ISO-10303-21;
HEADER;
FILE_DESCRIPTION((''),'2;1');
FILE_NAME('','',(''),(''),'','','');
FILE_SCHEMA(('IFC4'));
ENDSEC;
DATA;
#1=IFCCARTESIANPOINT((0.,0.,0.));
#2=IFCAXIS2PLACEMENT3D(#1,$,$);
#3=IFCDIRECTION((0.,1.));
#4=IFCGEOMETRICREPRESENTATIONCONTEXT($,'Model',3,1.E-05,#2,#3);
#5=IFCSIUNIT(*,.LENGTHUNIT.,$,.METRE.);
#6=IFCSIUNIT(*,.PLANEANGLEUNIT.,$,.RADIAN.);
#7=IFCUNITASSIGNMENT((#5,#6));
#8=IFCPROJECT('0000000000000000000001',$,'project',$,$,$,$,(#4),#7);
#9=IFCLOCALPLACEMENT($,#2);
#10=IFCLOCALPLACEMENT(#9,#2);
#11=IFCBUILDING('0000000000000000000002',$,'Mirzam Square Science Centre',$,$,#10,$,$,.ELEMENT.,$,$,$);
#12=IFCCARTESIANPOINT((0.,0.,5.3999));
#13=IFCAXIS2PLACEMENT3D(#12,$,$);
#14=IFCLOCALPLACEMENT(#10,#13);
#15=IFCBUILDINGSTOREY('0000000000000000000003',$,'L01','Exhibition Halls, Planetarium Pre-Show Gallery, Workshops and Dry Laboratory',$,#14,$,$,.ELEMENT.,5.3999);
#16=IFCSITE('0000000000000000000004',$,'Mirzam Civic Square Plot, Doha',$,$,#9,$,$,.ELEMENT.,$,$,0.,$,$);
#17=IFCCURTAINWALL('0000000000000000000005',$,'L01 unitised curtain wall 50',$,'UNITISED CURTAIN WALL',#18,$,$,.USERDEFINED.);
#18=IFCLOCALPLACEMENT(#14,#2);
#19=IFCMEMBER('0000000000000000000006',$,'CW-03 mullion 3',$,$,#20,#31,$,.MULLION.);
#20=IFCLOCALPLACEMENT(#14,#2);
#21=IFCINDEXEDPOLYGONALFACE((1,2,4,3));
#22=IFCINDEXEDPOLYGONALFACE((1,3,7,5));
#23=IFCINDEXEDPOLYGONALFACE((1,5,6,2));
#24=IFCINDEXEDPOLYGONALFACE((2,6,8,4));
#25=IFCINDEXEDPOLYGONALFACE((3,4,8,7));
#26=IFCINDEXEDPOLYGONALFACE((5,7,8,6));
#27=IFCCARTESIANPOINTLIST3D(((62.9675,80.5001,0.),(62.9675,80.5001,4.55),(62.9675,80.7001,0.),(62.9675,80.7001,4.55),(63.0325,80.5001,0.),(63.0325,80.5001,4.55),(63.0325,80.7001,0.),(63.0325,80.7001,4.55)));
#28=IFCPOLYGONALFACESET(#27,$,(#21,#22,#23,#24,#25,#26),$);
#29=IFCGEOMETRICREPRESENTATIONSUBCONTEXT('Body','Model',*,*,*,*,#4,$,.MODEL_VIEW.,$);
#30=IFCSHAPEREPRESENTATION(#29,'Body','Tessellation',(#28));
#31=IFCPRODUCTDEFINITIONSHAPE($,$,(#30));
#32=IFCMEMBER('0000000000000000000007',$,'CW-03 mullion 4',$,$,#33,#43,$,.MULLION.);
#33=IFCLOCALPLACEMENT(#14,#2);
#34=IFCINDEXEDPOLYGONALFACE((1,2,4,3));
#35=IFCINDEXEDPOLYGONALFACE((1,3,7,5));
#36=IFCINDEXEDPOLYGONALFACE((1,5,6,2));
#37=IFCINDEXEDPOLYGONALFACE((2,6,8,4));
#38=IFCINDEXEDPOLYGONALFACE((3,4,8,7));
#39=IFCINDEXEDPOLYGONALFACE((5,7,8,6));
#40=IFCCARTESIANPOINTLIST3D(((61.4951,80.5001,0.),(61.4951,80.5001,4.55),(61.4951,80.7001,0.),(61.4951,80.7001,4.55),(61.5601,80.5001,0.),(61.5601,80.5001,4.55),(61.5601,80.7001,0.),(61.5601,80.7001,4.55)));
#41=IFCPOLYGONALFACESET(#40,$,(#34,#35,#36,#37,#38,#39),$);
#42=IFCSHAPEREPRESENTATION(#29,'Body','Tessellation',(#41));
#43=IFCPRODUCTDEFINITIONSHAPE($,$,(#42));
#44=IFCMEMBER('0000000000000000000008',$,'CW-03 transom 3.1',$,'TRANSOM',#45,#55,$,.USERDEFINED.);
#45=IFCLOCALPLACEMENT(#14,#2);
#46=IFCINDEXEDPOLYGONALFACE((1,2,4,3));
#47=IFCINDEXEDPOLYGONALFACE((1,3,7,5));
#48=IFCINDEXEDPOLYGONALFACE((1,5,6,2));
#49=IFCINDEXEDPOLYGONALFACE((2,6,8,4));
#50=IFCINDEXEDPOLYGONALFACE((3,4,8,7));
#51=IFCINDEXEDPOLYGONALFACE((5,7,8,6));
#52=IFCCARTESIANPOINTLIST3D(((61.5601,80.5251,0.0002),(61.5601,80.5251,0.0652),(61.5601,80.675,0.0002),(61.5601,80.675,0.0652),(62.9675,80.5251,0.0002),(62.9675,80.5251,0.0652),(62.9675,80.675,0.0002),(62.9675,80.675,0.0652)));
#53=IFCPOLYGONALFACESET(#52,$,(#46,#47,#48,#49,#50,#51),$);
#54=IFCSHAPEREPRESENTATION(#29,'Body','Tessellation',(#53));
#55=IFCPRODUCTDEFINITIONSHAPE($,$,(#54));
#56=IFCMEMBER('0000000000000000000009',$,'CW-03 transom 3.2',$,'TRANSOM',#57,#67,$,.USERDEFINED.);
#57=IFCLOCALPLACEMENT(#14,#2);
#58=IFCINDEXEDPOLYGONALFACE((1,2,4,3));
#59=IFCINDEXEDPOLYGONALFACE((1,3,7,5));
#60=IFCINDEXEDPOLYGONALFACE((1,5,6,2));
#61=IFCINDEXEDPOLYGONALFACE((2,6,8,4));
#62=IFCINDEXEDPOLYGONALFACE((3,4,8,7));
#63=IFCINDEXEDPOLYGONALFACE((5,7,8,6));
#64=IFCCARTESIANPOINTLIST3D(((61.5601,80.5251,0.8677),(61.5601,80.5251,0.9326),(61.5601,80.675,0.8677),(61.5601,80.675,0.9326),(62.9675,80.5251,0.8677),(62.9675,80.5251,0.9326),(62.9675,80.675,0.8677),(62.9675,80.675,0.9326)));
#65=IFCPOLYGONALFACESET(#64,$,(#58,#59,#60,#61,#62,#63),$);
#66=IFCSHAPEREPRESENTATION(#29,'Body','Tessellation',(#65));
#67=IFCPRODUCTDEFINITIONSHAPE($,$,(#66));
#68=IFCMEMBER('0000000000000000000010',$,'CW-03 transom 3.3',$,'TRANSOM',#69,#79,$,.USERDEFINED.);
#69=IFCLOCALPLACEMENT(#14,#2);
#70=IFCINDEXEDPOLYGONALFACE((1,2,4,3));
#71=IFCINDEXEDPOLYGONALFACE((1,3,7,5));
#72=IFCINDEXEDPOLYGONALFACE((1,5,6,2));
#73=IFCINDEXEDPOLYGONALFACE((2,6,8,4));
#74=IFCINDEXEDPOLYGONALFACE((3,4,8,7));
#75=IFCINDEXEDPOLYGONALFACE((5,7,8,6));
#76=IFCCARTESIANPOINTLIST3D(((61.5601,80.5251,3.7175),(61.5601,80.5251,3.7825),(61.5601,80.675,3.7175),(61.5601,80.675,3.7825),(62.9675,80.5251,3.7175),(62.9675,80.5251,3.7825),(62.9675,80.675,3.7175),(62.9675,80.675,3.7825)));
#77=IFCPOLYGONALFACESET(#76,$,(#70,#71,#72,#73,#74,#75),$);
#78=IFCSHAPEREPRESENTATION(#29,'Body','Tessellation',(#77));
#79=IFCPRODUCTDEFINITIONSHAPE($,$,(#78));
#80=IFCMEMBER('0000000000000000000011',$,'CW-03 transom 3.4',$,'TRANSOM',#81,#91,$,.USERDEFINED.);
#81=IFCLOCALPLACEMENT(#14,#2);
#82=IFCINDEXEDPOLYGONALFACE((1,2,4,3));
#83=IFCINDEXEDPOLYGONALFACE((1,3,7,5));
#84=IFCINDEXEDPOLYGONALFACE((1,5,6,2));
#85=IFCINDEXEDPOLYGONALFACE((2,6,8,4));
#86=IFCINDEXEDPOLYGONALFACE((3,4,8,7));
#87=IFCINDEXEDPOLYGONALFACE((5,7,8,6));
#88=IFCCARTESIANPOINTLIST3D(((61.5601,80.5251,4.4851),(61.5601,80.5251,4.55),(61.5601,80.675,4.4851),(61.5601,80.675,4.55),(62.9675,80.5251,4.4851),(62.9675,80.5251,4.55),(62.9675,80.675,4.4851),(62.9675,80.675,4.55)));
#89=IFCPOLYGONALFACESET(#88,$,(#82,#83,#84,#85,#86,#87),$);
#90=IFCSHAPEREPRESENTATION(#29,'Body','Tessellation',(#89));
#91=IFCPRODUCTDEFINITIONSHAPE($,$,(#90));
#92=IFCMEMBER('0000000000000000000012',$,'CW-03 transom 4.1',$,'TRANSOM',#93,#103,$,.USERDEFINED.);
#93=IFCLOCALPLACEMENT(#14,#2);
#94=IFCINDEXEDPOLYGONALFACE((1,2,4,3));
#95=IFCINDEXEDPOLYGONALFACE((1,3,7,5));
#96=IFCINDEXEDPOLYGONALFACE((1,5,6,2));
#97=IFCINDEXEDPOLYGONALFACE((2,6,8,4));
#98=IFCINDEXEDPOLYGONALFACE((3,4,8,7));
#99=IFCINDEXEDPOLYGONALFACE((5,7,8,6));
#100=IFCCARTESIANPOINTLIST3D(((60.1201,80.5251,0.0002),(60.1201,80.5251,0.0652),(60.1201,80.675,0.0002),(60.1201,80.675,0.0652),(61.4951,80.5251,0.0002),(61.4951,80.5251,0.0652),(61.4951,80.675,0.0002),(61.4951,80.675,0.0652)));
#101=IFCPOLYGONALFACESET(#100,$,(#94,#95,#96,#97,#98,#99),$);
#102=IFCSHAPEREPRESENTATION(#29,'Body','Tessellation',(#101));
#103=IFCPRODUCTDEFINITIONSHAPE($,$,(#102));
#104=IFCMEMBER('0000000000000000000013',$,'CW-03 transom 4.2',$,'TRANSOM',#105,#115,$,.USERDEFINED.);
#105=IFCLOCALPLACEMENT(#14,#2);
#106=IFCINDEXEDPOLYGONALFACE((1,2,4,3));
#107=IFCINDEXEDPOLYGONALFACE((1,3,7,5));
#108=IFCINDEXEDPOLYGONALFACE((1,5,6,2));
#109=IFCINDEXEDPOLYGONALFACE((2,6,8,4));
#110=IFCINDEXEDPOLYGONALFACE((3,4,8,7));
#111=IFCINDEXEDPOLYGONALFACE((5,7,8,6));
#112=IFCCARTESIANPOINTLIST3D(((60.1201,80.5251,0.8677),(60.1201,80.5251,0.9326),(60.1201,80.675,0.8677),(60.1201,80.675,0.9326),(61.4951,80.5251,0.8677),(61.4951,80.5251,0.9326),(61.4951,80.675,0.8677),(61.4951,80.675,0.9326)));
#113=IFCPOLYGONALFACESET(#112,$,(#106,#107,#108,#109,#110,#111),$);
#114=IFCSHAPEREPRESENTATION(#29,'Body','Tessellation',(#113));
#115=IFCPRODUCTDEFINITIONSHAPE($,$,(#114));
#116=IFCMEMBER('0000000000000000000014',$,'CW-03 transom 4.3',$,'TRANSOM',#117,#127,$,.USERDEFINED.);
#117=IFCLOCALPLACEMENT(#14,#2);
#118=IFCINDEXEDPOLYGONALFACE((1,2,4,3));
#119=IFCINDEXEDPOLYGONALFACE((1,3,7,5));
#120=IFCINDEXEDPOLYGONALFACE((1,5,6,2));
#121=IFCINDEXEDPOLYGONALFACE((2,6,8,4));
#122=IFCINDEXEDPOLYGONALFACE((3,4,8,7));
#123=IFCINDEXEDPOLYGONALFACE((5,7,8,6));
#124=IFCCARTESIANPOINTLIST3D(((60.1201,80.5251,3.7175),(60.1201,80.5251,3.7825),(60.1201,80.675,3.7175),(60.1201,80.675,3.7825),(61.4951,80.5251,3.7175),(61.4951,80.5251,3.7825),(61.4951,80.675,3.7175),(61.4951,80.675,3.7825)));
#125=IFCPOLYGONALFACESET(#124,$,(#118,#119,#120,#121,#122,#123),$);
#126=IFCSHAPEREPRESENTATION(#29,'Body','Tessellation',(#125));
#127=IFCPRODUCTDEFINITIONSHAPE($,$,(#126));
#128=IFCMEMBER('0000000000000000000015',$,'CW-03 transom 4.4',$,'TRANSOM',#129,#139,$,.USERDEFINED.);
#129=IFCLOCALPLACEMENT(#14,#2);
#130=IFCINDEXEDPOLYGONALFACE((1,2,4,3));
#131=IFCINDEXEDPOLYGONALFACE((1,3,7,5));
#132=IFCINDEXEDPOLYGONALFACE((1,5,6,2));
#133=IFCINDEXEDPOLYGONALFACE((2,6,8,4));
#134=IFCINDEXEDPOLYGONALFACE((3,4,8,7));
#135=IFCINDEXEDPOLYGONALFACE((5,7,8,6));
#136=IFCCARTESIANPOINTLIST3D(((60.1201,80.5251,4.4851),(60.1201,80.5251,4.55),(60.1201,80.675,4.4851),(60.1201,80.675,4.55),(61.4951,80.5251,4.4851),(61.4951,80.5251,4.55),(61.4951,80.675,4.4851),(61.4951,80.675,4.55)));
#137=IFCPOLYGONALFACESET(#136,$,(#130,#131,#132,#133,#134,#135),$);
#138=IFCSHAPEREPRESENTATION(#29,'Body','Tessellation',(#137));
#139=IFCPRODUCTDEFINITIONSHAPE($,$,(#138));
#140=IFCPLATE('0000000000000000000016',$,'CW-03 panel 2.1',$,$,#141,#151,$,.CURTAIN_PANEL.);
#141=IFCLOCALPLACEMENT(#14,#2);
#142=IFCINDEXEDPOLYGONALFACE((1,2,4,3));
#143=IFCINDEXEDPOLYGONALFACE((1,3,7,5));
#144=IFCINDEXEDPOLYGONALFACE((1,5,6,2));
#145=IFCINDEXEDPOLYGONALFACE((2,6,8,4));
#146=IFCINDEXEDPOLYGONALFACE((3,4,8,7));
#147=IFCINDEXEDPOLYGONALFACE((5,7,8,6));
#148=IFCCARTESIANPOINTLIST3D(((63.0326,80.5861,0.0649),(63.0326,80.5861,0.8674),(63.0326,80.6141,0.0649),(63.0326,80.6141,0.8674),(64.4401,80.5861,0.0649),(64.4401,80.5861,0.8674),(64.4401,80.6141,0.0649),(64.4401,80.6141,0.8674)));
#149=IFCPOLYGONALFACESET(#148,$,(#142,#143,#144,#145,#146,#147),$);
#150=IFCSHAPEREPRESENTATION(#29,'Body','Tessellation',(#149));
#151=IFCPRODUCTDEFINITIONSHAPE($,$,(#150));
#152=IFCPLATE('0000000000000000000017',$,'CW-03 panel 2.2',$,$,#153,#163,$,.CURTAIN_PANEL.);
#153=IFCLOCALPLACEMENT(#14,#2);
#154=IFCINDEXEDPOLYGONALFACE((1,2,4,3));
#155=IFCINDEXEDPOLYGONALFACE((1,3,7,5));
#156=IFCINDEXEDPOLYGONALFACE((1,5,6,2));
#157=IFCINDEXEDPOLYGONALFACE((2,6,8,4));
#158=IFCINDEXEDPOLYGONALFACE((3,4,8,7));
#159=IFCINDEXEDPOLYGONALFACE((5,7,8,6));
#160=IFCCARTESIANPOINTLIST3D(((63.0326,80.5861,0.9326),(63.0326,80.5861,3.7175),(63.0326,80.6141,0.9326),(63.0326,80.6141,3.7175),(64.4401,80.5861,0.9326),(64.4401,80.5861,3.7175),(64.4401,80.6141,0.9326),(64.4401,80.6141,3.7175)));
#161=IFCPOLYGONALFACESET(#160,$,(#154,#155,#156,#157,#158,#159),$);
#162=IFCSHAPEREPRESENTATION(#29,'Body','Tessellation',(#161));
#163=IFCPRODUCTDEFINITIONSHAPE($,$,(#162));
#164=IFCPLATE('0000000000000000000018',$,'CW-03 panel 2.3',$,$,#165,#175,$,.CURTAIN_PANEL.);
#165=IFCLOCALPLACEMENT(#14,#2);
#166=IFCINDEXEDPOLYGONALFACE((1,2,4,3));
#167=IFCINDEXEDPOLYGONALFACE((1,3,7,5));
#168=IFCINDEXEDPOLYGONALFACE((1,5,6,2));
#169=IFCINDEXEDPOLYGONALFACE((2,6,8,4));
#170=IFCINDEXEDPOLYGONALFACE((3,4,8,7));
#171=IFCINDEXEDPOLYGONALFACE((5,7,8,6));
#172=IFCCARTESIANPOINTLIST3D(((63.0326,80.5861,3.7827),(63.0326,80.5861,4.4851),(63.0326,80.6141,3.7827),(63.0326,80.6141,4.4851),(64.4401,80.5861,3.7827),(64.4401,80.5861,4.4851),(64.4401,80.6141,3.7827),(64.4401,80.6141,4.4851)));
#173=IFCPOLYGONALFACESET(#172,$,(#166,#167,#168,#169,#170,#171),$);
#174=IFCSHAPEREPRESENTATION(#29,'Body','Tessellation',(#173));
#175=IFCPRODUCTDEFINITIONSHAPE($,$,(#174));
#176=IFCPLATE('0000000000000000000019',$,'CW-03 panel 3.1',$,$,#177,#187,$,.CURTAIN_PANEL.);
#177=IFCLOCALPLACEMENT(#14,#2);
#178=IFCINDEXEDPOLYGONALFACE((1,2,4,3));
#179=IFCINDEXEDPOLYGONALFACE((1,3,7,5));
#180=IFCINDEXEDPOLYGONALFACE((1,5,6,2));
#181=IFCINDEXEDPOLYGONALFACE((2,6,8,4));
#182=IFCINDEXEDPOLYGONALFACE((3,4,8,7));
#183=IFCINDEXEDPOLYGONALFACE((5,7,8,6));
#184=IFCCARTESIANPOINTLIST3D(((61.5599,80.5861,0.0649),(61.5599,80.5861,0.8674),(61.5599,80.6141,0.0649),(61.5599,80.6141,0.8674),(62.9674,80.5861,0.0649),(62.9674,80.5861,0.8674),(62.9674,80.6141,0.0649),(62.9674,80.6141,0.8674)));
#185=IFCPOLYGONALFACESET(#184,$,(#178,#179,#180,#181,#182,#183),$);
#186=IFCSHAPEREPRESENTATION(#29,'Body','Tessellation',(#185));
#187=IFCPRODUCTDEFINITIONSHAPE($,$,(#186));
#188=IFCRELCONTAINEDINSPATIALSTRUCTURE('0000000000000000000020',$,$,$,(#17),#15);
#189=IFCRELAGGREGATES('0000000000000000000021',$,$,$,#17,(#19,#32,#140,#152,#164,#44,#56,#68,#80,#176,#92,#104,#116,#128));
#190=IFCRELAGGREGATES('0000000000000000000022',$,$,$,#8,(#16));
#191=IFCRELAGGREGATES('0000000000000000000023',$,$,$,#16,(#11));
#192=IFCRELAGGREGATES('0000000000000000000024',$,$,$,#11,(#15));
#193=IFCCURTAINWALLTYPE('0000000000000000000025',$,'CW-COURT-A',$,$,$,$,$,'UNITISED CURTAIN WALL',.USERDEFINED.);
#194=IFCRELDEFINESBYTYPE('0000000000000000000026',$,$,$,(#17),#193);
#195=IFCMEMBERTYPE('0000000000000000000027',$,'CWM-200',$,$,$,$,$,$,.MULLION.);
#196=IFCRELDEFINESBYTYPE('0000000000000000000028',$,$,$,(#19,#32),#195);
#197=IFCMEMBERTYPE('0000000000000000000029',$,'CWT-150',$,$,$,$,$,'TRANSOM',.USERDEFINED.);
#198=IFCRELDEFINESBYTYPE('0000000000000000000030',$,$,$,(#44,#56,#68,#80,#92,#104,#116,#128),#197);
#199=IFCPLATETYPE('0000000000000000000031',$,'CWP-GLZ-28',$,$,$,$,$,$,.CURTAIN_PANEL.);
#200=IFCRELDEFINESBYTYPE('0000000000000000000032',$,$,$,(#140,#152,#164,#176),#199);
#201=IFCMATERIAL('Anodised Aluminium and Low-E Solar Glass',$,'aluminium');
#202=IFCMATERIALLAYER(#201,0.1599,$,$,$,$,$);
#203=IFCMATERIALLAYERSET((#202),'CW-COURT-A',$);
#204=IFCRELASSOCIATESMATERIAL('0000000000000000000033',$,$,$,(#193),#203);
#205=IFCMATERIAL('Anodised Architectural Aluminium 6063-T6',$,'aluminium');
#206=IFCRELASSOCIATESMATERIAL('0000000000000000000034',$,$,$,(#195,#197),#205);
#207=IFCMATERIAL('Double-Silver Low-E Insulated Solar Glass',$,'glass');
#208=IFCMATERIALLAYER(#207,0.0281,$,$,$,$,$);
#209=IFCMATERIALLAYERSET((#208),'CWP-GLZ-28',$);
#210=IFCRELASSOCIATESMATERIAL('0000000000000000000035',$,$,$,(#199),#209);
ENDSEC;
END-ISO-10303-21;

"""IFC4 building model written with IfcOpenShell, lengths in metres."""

from ifc_helpers import new_model, si_unit, direction, frame, origin, origin_2d, place, context, subcontext, project, spatial, rectangle, extrude, material, layer, layer_set, material_profile, profile_set, type_object, element, aggregate, save


model = new_model("IFC4")

# Units and contexts
model_context = context("Model", 3, precision=1e-05, world=origin(), true_north=direction((0.0, 1.0)))
body_context = subcontext(model_context, "Body", "Model", "MODEL_VIEW")
ifc_project = project(units=[si_unit("LENGTHUNIT", "METRE"), si_unit("PLANEANGLEUNIT", "RADIAN")], contexts=[model_context])

# Site, building, storey
site_placement = place(None, origin())
site = spatial("IfcSite", under=ifc_project, at=site_placement, Name="Mirzam Civic Square Plot, Doha", CompositionType="ELEMENT", RefElevation=0.0)
building_placement = place(site_placement, origin())
building = spatial("IfcBuilding", under=site, at=building_placement, Name="Mirzam Square Science Centre", CompositionType="ELEMENT")
storey_placement = place(building_placement, frame((0.0, 0.0, 5.3999)))
storey = spatial("IfcBuildingStorey", under=building, at=storey_placement, Name="L01", Description="Exhibition Halls, Planetarium Pre-Show Gallery, Workshops and Dry Laboratory", CompositionType="ELEMENT", Elevation=5.3999)

# Curtain wall, members, plates
ifc_material_1 = material(Name="Anodised Aluminium and Low-E Solar Glass", Category="aluminium")
ifc_layer_1 = layer(ifc_material_1, 0.1599)
ifc_layer_set_1 = layer_set([ifc_layer_1], Name="CW-COURT-A")
curtain_wall_type = type_object("IfcCurtainWallType", Name="CW-COURT-A", ElementType="UNITISED CURTAIN WALL", PredefinedType="USERDEFINED", material=ifc_layer_set_1)
curtain_wall_placement = place(storey_placement, origin())
curtain_wall = element("IfcCurtainWall", 1, at=curtain_wall_placement, inside=storey, type_object=curtain_wall_type, Name="L01 unitised curtain wall 50", ObjectType="UNITISED CURTAIN WALL", PredefinedType="USERDEFINED")
ifc_material_2 = material(Name="Anodised Architectural Aluminium 6063-T6", Category="aluminium")
ifc_material_profile_1 = material_profile(ifc_material_2, rectangle(XDim=0.0649, YDim=0.2, at=origin_2d()), Name="ALU-MULL-200x65x5")
ifc_profile_set_1 = profile_set([ifc_material_profile_1], Name="Anodised Architectural Aluminium 6063-T6")
member_type_1 = type_object("IfcMemberType", Name="CWM-200", PredefinedType="MULLION", material=ifc_profile_set_1)
member_1_placement = place(storey_placement, frame((63.0, 80.6001, 0.0), z_axis=(0.0, 0.0, 1.0), x_axis=(-1.0, 0.0, 0.0)))
member_1 = element("IfcMember", 2, at=member_1_placement, type_object=member_type_1, Name="CW-03 mullion 3", PredefinedType="MULLION", context=body_context, shape_type="SweptSolid", body=[
    extrude(rectangle(XDim=0.0649, YDim=0.2, at=origin_2d()), origin(), (0.0, 0.0, 1.0), 4.55),
])
member_2_placement = place(storey_placement, frame((61.5276, 80.6001, 0.0), z_axis=(0.0, 0.0, 1.0), x_axis=(-1.0, 0.0, 0.0)))
member_2 = element("IfcMember", 3, at=member_2_placement, type_object=member_type_1, Name="CW-03 mullion 4", PredefinedType="MULLION", context=body_context, shape_type="SweptSolid", body=[
    extrude(rectangle(XDim=0.0649, YDim=0.2, at=origin_2d()), origin(), (0.0, 0.0, 1.0), 4.55),
])
ifc_material_profile_2 = material_profile(ifc_material_2, rectangle(XDim=0.1499, YDim=0.0649, at=origin_2d()), Name="ALU-TRAN-150x65x4")
ifc_profile_set_2 = profile_set([ifc_material_profile_2], Name="Anodised Architectural Aluminium 6063-T6")
member_type_2 = type_object("IfcMemberType", Name="CWT-150", ElementType="TRANSOM", PredefinedType="USERDEFINED", material=ifc_profile_set_2)
member_3_placement = place(storey_placement, frame((62.9675, 80.6001, 0.0327), z_axis=(-1.0, 0.0, 0.0), x_axis=(0.0, -1.0, 0.0)))
member_3 = element("IfcMember", 4, at=member_3_placement, type_object=member_type_2, Name="CW-03 transom 3.1", ObjectType="TRANSOM", PredefinedType="USERDEFINED", context=body_context, shape_type="SweptSolid", body=[
    extrude(rectangle(XDim=0.1499, YDim=0.0649, at=origin_2d()), origin(), (0.0, 0.0, 1.0), 1.4075),
])
member_4_placement = place(storey_placement, frame((62.9675, 80.6001, 0.9001), z_axis=(-1.0, 0.0, 0.0), x_axis=(0.0, -1.0, 0.0)))
member_4 = element("IfcMember", 5, at=member_4_placement, type_object=member_type_2, Name="CW-03 transom 3.2", ObjectType="TRANSOM", PredefinedType="USERDEFINED", context=body_context, shape_type="SweptSolid", body=[
    extrude(rectangle(XDim=0.1499, YDim=0.0649, at=origin_2d()), origin(), (0.0, 0.0, 1.0), 1.4075),
])
member_5_placement = place(storey_placement, frame((62.9675, 80.6001, 3.75), z_axis=(-1.0, 0.0, 0.0), x_axis=(0.0, -1.0, 0.0)))
member_5 = element("IfcMember", 6, at=member_5_placement, type_object=member_type_2, Name="CW-03 transom 3.3", ObjectType="TRANSOM", PredefinedType="USERDEFINED", context=body_context, shape_type="SweptSolid", body=[
    extrude(rectangle(XDim=0.1499, YDim=0.0649, at=origin_2d()), origin(), (0.0, 0.0, 1.0), 1.4075),
])
member_6_placement = place(storey_placement, frame((62.9675, 80.6001, 4.5176), z_axis=(-1.0, 0.0, 0.0), x_axis=(0.0, -1.0, 0.0)))
member_6 = element("IfcMember", 7, at=member_6_placement, type_object=member_type_2, Name="CW-03 transom 3.4", ObjectType="TRANSOM", PredefinedType="USERDEFINED", context=body_context, shape_type="SweptSolid", body=[
    extrude(rectangle(XDim=0.1499, YDim=0.0649, at=origin_2d()), origin(), (0.0, 0.0, 1.0), 1.4075),
])
member_7_placement = place(storey_placement, frame((61.4951, 80.6001, 0.0327), z_axis=(-1.0, 0.0, 0.0), x_axis=(0.0, -1.0, 0.0)))
member_7 = element("IfcMember", 8, at=member_7_placement, type_object=member_type_2, Name="CW-03 transom 4.1", ObjectType="TRANSOM", PredefinedType="USERDEFINED", context=body_context, shape_type="SweptSolid", body=[
    extrude(rectangle(XDim=0.1499, YDim=0.0649, at=origin_2d()), origin(), (0.0, 0.0, 1.0), 1.375),
])
member_8_placement = place(storey_placement, frame((61.4951, 80.6001, 0.9001), z_axis=(-1.0, 0.0, 0.0), x_axis=(0.0, -1.0, 0.0)))
member_8 = element("IfcMember", 9, at=member_8_placement, type_object=member_type_2, Name="CW-03 transom 4.2", ObjectType="TRANSOM", PredefinedType="USERDEFINED", context=body_context, shape_type="SweptSolid", body=[
    extrude(rectangle(XDim=0.1499, YDim=0.0649, at=origin_2d()), origin(), (0.0, 0.0, 1.0), 1.375),
])
member_9_placement = place(storey_placement, frame((61.4951, 80.6001, 3.75), z_axis=(-1.0, 0.0, 0.0), x_axis=(0.0, -1.0, 0.0)))
member_9 = element("IfcMember", 10, at=member_9_placement, type_object=member_type_2, Name="CW-03 transom 4.3", ObjectType="TRANSOM", PredefinedType="USERDEFINED", context=body_context, shape_type="SweptSolid", body=[
    extrude(rectangle(XDim=0.1499, YDim=0.0649, at=origin_2d()), origin(), (0.0, 0.0, 1.0), 1.375),
])
member_10_placement = place(storey_placement, frame((61.4951, 80.6001, 4.5176), z_axis=(-1.0, 0.0, 0.0), x_axis=(0.0, -1.0, 0.0)))
member_10 = element("IfcMember", 11, at=member_10_placement, type_object=member_type_2, Name="CW-03 transom 4.4", ObjectType="TRANSOM", PredefinedType="USERDEFINED", context=body_context, shape_type="SweptSolid", body=[
    extrude(rectangle(XDim=0.1499, YDim=0.0649, at=origin_2d()), origin(), (0.0, 0.0, 1.0), 1.375),
])
ifc_material_3 = material(Name="Double-Silver Low-E Insulated Solar Glass", Category="glass")
ifc_layer_2 = layer(ifc_material_3, 0.0281)
ifc_layer_set_2 = layer_set([ifc_layer_2], Name="CWP-GLZ-28")
plate_type = type_object("IfcPlateType", Name="CWP-GLZ-28", PredefinedType="CURTAIN_PANEL", material=ifc_layer_set_2)
plate_1_placement = place(storey_placement, frame((63.7363, 80.6001, 0.0649), z_axis=(0.0, 0.0, 1.0), x_axis=(-1.0, 0.0, 0.0)))
plate_1 = element("IfcPlate", 12, at=plate_1_placement, type_object=plate_type, Name="CW-03 panel 2.1", PredefinedType="CURTAIN_PANEL", context=body_context, shape_type="SweptSolid", body=[
    extrude(rectangle(XDim=1.4075, YDim=0.0281, at=origin_2d()), origin(), (0.0, 0.0, 1.0), 0.8025),
])
plate_2_placement = place(storey_placement, frame((63.7363, 80.6001, 0.9326), z_axis=(0.0, 0.0, 1.0), x_axis=(-1.0, 0.0, 0.0)))
plate_2 = element("IfcPlate", 13, at=plate_2_placement, type_object=plate_type, Name="CW-03 panel 2.2", PredefinedType="CURTAIN_PANEL", context=body_context, shape_type="SweptSolid", body=[
    extrude(rectangle(XDim=1.4075, YDim=0.0281, at=origin_2d()), origin(), (0.0, 0.0, 1.0), 2.7849),
])
plate_3_placement = place(storey_placement, frame((63.7363, 80.6001, 3.7827), z_axis=(0.0, 0.0, 1.0), x_axis=(-1.0, 0.0, 0.0)))
plate_3 = element("IfcPlate", 14, at=plate_3_placement, type_object=plate_type, Name="CW-03 panel 2.3", PredefinedType="CURTAIN_PANEL", context=body_context, shape_type="SweptSolid", body=[
    extrude(rectangle(XDim=1.4075, YDim=0.0281, at=origin_2d()), origin(), (0.0, 0.0, 1.0), 0.7024),
])
plate_4_placement = place(storey_placement, frame((62.2637, 80.6001, 0.0649), z_axis=(0.0, 0.0, 1.0), x_axis=(-1.0, 0.0, 0.0)))
plate_4 = element("IfcPlate", 15, at=plate_4_placement, type_object=plate_type, Name="CW-03 panel 3.1", PredefinedType="CURTAIN_PANEL", context=body_context, shape_type="SweptSolid", body=[
    extrude(rectangle(XDim=1.4075, YDim=0.0281, at=origin_2d()), origin(), (0.0, 0.0, 1.0), 0.8025),
])
aggregate(curtain_wall, [member_1, member_2, plate_1, plate_2, plate_3, member_3, member_4, member_5, member_6, plate_4, member_7, member_8, member_9, member_10])

save(model, "model.ifc")
